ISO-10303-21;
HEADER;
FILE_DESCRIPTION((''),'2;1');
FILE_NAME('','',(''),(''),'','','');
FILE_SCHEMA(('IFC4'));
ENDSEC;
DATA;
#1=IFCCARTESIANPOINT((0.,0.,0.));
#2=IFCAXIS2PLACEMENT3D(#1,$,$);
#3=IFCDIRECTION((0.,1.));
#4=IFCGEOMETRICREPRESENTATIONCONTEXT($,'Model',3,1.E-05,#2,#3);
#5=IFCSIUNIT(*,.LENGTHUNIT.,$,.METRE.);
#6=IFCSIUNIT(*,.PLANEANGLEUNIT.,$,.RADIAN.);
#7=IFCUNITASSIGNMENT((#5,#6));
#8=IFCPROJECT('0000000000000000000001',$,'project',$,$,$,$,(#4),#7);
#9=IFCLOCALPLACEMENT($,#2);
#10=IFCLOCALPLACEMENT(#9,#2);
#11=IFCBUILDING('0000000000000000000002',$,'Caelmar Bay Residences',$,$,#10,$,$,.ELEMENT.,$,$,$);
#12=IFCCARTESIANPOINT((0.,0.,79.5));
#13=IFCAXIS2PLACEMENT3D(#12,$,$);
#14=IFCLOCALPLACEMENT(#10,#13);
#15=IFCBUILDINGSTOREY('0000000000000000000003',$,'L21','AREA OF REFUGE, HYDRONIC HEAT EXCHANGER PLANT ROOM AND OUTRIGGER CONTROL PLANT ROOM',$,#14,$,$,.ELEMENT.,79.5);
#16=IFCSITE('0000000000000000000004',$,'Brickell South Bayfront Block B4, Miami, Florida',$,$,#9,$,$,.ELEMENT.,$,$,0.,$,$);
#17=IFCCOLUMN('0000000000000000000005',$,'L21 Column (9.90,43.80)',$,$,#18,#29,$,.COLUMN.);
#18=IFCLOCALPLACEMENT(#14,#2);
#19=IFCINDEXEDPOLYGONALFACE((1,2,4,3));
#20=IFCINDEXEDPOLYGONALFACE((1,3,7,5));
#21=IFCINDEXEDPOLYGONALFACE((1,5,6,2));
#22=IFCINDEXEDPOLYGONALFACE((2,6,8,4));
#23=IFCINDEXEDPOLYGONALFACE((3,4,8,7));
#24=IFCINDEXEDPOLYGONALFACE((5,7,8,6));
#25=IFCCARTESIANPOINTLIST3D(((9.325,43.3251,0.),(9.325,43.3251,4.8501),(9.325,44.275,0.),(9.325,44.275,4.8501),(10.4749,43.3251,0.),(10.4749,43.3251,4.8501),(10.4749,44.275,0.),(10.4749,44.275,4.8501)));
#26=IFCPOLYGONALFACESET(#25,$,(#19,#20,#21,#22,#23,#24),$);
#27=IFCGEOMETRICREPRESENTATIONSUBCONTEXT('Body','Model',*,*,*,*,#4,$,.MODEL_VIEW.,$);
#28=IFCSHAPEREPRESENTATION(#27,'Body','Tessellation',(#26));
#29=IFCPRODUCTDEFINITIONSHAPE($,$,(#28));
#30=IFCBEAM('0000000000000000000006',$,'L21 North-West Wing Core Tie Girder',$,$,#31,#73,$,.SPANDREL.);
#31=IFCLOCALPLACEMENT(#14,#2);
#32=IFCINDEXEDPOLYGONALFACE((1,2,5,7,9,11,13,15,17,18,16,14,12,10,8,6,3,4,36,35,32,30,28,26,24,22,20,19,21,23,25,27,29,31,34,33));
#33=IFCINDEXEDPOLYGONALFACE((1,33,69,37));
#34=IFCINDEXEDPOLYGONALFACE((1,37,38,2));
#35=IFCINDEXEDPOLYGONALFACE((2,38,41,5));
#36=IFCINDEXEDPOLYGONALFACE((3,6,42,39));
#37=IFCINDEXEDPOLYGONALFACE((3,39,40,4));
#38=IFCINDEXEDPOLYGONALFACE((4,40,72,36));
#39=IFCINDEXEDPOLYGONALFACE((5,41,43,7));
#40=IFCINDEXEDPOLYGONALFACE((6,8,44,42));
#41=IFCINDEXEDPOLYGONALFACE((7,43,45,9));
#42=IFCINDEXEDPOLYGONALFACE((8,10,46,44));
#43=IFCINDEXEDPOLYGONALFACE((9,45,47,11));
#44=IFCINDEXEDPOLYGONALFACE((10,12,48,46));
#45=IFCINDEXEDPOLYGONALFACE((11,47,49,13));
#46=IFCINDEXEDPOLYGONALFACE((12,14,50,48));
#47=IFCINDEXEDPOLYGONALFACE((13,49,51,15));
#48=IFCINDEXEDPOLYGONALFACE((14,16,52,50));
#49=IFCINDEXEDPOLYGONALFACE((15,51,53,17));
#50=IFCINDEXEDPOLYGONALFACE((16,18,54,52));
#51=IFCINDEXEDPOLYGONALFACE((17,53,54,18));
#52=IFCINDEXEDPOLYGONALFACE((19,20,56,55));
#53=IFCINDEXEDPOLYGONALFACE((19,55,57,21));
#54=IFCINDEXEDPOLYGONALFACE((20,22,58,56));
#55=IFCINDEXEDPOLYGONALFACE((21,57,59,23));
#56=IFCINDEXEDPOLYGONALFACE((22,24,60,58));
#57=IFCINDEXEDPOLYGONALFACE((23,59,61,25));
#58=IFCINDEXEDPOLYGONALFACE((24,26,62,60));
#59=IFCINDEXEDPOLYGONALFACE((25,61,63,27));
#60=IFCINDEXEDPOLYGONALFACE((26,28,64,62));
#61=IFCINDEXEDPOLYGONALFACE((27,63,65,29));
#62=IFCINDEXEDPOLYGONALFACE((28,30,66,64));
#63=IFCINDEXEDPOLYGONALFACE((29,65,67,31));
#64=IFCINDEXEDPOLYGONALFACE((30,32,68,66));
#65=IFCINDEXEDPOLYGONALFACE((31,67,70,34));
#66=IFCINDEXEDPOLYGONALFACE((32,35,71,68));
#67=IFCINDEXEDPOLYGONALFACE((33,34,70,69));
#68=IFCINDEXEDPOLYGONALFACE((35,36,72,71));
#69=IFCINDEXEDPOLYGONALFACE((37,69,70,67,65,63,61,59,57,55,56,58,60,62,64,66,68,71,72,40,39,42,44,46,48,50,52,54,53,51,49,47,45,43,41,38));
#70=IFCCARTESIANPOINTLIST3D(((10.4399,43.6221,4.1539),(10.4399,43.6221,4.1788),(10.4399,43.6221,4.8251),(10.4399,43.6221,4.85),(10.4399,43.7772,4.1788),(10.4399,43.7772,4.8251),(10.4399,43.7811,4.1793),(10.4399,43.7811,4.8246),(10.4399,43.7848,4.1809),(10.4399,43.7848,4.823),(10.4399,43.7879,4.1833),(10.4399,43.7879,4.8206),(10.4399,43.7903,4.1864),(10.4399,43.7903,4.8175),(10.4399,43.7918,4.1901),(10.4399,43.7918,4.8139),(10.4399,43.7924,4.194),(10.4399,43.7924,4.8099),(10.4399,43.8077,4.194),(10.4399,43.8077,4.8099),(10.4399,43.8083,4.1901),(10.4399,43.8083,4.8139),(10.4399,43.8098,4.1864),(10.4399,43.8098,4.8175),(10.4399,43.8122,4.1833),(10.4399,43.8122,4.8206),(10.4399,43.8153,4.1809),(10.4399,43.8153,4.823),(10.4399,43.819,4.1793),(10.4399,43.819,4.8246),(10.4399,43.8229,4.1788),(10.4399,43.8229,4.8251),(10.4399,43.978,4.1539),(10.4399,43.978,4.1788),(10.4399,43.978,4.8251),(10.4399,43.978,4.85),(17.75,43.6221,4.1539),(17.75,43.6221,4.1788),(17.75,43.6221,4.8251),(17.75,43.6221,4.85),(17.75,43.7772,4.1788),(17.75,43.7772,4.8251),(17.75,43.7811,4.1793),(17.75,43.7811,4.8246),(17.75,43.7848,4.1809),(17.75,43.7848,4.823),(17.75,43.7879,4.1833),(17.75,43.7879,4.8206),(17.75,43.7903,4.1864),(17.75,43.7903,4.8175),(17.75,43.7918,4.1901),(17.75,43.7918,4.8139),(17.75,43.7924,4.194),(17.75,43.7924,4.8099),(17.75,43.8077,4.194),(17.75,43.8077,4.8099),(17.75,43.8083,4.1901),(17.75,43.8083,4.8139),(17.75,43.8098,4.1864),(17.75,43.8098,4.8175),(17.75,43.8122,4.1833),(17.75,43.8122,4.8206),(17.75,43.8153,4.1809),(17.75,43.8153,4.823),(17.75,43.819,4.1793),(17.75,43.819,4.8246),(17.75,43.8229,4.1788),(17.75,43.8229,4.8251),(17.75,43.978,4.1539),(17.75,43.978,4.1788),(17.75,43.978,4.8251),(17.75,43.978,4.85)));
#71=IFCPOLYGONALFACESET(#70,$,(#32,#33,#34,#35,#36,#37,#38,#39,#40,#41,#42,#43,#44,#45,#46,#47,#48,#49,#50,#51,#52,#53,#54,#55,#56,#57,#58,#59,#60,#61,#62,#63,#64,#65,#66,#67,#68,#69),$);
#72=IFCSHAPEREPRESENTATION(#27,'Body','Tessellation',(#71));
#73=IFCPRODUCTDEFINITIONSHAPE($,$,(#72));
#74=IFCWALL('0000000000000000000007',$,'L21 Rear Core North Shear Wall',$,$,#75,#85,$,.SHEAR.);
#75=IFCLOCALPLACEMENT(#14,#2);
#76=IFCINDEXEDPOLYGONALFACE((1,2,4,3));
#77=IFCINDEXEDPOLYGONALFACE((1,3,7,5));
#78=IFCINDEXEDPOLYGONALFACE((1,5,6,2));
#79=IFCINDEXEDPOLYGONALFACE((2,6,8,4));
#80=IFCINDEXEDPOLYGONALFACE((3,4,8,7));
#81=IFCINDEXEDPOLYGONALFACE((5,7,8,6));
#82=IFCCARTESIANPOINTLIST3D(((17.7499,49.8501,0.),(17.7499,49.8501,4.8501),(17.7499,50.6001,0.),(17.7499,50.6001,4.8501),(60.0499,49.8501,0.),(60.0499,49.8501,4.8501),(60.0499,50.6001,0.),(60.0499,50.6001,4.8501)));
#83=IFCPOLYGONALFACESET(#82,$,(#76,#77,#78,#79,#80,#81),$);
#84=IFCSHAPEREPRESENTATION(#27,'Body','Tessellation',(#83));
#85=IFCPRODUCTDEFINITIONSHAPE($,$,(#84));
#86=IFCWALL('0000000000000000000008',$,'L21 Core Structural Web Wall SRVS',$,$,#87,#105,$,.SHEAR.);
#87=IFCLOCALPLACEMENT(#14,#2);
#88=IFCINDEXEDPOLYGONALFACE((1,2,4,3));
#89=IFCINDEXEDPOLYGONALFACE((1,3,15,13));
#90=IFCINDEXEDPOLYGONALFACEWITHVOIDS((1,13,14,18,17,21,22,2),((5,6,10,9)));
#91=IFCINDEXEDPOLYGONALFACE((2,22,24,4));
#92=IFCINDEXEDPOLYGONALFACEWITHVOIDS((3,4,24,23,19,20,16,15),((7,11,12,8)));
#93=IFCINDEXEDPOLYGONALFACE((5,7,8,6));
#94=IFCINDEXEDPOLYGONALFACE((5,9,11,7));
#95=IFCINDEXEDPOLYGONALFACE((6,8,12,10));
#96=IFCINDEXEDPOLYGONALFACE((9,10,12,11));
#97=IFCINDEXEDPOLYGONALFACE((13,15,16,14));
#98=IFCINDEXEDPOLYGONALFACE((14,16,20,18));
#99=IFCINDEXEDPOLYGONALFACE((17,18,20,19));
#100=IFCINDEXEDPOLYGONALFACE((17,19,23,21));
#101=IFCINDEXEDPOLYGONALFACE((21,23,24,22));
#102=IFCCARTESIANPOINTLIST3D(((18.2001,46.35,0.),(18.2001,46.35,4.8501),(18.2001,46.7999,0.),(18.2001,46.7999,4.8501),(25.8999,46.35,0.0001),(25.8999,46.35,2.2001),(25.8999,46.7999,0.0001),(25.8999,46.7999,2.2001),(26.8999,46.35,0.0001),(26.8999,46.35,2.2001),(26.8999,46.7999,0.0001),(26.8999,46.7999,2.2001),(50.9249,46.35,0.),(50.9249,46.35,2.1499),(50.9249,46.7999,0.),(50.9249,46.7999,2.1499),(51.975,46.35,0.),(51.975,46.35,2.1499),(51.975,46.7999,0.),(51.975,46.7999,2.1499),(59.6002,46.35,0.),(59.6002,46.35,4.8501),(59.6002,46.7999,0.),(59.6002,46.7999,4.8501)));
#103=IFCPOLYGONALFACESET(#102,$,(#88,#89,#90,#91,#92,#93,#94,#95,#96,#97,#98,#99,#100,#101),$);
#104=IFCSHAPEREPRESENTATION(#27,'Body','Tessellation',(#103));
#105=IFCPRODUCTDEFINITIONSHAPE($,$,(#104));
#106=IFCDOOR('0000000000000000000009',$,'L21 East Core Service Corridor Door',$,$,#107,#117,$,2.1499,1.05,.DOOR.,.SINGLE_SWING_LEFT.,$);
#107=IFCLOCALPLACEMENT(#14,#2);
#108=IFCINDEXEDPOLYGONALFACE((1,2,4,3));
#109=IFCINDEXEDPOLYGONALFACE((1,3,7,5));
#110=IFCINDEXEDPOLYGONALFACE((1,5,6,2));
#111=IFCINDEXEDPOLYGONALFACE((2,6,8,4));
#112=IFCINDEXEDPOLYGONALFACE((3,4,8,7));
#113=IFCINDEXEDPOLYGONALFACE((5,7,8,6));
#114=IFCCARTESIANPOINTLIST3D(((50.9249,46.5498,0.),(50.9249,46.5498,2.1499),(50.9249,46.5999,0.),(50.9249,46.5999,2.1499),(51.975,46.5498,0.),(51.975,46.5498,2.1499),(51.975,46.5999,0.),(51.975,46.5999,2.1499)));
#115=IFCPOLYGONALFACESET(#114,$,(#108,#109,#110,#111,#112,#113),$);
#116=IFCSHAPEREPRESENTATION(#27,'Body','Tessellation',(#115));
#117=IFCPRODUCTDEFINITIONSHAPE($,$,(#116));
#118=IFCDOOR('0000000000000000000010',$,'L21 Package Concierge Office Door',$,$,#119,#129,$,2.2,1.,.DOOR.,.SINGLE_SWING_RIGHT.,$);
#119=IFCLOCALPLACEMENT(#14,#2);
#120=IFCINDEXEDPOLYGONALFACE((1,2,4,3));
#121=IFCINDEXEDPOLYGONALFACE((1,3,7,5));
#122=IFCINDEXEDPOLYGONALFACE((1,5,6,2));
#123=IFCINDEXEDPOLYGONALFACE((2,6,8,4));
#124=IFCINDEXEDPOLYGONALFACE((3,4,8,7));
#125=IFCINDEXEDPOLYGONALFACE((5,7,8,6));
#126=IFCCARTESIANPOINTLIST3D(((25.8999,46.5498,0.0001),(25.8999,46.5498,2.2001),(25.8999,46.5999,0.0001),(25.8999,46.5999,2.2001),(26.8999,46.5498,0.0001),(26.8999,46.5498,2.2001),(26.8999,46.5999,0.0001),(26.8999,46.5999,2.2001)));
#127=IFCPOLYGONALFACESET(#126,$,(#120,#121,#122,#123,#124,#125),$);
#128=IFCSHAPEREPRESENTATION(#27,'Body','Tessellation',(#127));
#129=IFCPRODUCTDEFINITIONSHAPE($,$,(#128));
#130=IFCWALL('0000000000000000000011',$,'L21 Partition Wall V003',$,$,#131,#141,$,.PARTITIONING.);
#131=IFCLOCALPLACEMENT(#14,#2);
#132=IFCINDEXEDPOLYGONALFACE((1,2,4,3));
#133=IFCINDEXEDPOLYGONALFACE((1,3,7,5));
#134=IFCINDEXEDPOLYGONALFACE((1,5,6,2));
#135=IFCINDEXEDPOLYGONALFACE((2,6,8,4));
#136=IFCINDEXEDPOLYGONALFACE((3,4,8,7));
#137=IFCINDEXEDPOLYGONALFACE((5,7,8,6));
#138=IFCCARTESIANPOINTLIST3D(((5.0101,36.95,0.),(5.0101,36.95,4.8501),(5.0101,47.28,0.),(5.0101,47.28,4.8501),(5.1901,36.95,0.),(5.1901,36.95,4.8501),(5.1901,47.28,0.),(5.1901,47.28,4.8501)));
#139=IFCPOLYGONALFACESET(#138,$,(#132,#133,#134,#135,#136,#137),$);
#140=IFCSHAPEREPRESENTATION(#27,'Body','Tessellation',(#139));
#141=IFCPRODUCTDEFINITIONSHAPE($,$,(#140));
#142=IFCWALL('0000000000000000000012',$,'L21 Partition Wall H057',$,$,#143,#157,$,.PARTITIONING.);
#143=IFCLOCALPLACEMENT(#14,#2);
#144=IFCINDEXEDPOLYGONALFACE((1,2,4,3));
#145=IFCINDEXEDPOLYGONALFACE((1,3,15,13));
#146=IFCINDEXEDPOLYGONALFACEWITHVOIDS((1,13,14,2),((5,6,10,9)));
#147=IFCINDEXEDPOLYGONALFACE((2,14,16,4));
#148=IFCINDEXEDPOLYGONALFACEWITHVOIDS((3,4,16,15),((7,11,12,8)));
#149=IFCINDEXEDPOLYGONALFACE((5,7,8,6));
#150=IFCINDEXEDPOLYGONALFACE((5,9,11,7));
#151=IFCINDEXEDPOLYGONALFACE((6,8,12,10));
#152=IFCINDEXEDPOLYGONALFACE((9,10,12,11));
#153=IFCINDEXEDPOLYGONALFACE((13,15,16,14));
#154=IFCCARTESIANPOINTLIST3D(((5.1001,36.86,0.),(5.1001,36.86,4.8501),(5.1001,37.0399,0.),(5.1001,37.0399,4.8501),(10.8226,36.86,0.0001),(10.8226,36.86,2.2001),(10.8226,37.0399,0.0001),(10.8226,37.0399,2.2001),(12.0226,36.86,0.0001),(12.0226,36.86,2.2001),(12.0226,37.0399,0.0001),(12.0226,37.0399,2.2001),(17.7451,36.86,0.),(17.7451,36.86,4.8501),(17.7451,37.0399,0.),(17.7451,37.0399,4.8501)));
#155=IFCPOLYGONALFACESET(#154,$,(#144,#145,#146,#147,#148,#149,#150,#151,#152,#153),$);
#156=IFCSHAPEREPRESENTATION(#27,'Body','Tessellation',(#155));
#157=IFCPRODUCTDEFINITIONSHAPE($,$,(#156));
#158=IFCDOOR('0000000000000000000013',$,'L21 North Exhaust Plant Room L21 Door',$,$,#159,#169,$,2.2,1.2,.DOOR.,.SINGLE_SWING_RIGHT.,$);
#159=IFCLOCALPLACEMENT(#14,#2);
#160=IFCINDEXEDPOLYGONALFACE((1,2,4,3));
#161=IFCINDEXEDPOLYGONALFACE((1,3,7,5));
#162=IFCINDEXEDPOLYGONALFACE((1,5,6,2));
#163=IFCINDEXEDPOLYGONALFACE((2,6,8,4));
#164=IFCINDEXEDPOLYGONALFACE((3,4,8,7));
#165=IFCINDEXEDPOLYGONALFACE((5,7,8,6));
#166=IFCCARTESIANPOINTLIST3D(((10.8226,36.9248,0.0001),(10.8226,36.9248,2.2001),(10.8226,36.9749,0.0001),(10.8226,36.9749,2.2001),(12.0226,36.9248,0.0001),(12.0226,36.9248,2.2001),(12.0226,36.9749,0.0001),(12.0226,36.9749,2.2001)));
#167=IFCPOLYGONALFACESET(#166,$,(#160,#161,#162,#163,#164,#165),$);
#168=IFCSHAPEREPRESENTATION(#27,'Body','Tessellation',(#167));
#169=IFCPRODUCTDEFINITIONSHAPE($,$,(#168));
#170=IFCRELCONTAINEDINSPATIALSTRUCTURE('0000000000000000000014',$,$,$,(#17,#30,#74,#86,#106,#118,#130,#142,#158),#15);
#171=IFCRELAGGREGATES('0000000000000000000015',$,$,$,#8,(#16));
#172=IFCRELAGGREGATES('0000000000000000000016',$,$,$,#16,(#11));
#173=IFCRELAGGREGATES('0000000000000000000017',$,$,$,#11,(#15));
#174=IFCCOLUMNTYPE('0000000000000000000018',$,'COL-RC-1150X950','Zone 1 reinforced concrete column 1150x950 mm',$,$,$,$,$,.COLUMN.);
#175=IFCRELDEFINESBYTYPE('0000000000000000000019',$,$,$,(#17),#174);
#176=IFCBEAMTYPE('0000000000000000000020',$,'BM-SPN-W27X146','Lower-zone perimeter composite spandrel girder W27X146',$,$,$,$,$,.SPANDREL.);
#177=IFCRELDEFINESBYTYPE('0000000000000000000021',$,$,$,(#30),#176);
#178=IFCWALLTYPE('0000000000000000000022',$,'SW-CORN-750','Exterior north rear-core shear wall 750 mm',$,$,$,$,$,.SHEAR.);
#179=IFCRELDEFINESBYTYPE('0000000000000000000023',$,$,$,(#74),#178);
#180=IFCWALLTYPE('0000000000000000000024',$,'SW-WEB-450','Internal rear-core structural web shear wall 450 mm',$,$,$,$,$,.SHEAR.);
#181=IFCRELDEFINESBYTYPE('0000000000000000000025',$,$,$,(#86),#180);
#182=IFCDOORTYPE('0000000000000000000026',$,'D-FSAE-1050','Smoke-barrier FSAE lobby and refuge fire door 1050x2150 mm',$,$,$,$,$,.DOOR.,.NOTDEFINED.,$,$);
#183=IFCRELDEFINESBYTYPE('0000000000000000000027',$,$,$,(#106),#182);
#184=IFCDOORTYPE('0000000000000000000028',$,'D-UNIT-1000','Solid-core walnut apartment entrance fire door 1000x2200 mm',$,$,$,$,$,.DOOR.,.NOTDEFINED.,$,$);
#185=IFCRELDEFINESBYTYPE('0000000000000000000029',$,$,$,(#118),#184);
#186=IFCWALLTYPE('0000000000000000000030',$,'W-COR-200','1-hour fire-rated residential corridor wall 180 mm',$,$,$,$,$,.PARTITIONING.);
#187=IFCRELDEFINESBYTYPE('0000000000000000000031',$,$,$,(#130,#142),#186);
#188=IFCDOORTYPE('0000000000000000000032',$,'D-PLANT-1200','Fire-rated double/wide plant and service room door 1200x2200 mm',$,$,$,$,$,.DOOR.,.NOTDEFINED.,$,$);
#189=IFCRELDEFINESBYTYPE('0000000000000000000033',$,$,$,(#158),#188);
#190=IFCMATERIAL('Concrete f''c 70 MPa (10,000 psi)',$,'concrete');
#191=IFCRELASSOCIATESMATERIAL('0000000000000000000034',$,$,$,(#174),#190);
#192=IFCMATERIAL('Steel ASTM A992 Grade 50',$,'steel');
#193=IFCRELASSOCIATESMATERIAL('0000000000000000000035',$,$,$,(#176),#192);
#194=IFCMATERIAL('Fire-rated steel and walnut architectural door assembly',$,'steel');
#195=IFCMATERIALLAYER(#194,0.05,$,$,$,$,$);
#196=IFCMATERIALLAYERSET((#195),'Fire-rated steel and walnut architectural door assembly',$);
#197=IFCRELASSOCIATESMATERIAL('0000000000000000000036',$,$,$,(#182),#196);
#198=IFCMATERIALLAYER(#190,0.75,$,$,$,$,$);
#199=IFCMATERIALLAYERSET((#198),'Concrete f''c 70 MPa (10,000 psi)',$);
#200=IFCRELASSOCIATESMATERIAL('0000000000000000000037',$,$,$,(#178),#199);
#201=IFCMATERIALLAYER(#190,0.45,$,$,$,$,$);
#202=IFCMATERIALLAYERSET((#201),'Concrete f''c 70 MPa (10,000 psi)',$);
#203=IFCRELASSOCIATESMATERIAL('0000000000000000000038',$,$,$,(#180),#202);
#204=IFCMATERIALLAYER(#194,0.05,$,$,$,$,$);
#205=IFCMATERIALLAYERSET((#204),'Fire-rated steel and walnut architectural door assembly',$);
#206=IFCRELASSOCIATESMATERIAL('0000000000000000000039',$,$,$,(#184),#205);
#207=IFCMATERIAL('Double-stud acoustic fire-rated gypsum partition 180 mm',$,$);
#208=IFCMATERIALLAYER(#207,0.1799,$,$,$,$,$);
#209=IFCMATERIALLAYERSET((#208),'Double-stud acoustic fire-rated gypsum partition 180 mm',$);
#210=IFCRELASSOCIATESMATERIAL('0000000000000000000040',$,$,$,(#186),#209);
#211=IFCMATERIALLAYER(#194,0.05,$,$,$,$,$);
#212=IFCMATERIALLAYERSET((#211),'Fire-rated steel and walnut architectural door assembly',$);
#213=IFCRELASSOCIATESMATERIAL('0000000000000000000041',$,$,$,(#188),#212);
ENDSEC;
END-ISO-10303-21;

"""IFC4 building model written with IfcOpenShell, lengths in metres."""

from ifc_helpers import new_model, si_unit, direction, frame, frame_2d, origin, origin_2d, place, context, subcontext, project, spatial, rectangle, i_section, extrude, material, layer, layer_set, material_profile, profile_set, type_object, element, fill, save


model = new_model("IFC4")

# Units and contexts
model_context = context("Model", 3, precision=1e-05, world=origin(), true_north=direction((0.0, 1.0)))
body_context = subcontext(model_context, "Body", "Model", "MODEL_VIEW")
ifc_project = project(units=[si_unit("LENGTHUNIT", "METRE"), si_unit("PLANEANGLEUNIT", "RADIAN")], contexts=[model_context])

# Site, building, storey
site_placement = place(None, origin())
site = spatial("IfcSite", under=ifc_project, at=site_placement, Name="Brickell South Bayfront Block B4, Miami, Florida", CompositionType="ELEMENT", RefElevation=0.0)
building_placement = place(site_placement, origin())
building = spatial("IfcBuilding", under=site, at=building_placement, Name="Caelmar Bay Residences", CompositionType="ELEMENT")
storey_placement = place(building_placement, frame((0.0, 0.0, 79.5)))
storey = spatial("IfcBuildingStorey", under=building, at=storey_placement, Name="L21", Description="AREA OF REFUGE, HYDRONIC HEAT EXCHANGER PLANT ROOM AND OUTRIGGER CONTROL PLANT ROOM", CompositionType="ELEMENT", Elevation=79.5)

# Column
ifc_material_1 = material(Name="Concrete f'c 70 MPa (10,000 psi)", Category="concrete")
ifc_material_profile_1 = material_profile(ifc_material_1, rectangle(XDim=1.1499, YDim=0.95, at=origin_2d()), Name="RC-COL-1150X950")
ifc_profile_set_1 = profile_set([ifc_material_profile_1], Name="Concrete f'c 70 MPa (10,000 psi)")
column_type = type_object("IfcColumnType", Name="COL-RC-1150X950", Description="Zone 1 reinforced concrete column 1150x950 mm", PredefinedType="COLUMN", material=ifc_profile_set_1)
column_placement = place(storey_placement, frame((9.8999, 43.8, 0.0), z_axis=(0.0, 0.0, 1.0), x_axis=(1.0, 0.0, 0.0)))
element("IfcColumn", 1, at=column_placement, inside=storey, type_object=column_type, Name="L21 Column (9.90,43.80)", PredefinedType="COLUMN", context=body_context, shape_type="SweptSolid", body=[
    extrude(rectangle(XDim=1.1499, YDim=0.95, at=origin_2d()), origin(), (0.0, 0.0, 1.0), 4.8501),
])

# Beam
ifc_material_2 = material(Name="Steel ASTM A992 Grade 50", Category="steel")
ifc_material_profile_2 = material_profile(ifc_material_2, i_section(OverallWidth=0.356, OverallDepth=0.696, WebThickness=0.0154, FlangeThickness=0.0249, FilletRadius=0.0151, at=origin_2d()), Name="W27X146")
ifc_profile_set_2 = profile_set([ifc_material_profile_2], Name="Steel ASTM A992 Grade 50")
beam_type = type_object("IfcBeamType", Name="BM-SPN-W27X146", Description="Lower-zone perimeter composite spandrel girder W27X146", PredefinedType="SPANDREL", material=ifc_profile_set_2)
beam_placement = place(storey_placement, frame((10.4399, 43.8, 4.502), z_axis=(1.0, 0.0, 0.0), x_axis=(0.0, 1.0, 0.0)))
element("IfcBeam", 2, at=beam_placement, inside=storey, type_object=beam_type, Name="L21 North-West Wing Core Tie Girder", PredefinedType="SPANDREL", context=body_context, shape_type="SweptSolid", body=[
    extrude(i_section(OverallWidth=0.356, OverallDepth=0.696, WebThickness=0.0154, FlangeThickness=0.0249, FilletRadius=0.0151, at=origin_2d()), origin(), (0.0, 0.0, 1.0), 7.3101),
])

# Shared definitions
ifc_material_3 = material(Name="Fire-rated steel and walnut architectural door assembly", Category="steel")
ifc_layer_1 = layer(ifc_material_3, 0.05)
ifc_layer_set_1 = layer_set([ifc_layer_1], Name="Fire-rated steel and walnut architectural door assembly")
door_type_1 = type_object("IfcDoorType", Name="D-FSAE-1050", Description="Smoke-barrier FSAE lobby and refuge fire door 1050x2150 mm", OperationType="NOTDEFINED", PredefinedType="DOOR", material=ifc_layer_set_1)

# Wall
ifc_layer_2 = layer(ifc_material_1, 0.75)
ifc_layer_set_2 = layer_set([ifc_layer_2], Name="Concrete f'c 70 MPa (10,000 psi)")
wall_type_1 = type_object("IfcWallType", Name="SW-CORN-750", Description="Exterior north rear-core shear wall 750 mm", PredefinedType="SHEAR", material=ifc_layer_set_2)
wall_1_placement = place(storey_placement, frame((17.75, 50.2251, 0.0), z_axis=(0.0, 0.0, 1.0), x_axis=(1.0, 0.0, 0.0)))
element("IfcWall", 3, at=wall_1_placement, inside=storey, type_object=wall_type_1, Name="L21 Rear Core North Shear Wall", PredefinedType="SHEAR", context=body_context, shape_type="SweptSolid", body=[
    extrude(rectangle(XDim=42.3, YDim=0.75, at=frame_2d((21.1499, 0.0))), origin(), (0.0, 0.0, 1.0), 4.8501),
])

# Wall, openings, doors
ifc_layer_3 = layer(ifc_material_1, 0.45)
ifc_layer_set_3 = layer_set([ifc_layer_3], Name="Concrete f'c 70 MPa (10,000 psi)")
wall_type_2 = type_object("IfcWallType", Name="SW-WEB-450", Description="Internal rear-core structural web shear wall 450 mm", PredefinedType="SHEAR", material=ifc_layer_set_3)
wall_2_placement = place(storey_placement, frame((18.2, 46.575, 0.0), z_axis=(0.0, 0.0, 1.0), x_axis=(1.0, 0.0, 0.0)))
wall_2 = element("IfcWall", 4, at=wall_2_placement, inside=storey, type_object=wall_type_2, Name="L21 Core Structural Web Wall SRVS", PredefinedType="SHEAR", context=body_context, shape_type="SweptSolid", body=[
    extrude(rectangle(XDim=41.4001, YDim=0.45, at=frame_2d((20.7002, 0.0))), origin(), (0.0, 0.0, 1.0), 4.8501),
])
opening_1_placement = place(wall_2_placement, frame((7.7, 0.0, 0.0)))
opening_1 = element("IfcOpeningElement", 5, at=opening_1_placement, cuts=wall_2, PredefinedType="OPENING", context=body_context, shape_type="SweptSolid", body=[
    extrude(rectangle(XDim=1.0, YDim=2.2, at=frame_2d((0.5, 1.1001))), frame((0.0, 0.2349, 0.0), z_axis=(0.0, -1.0, 0.0), x_axis=(1.0, 0.0, 0.0)), (0.0, 0.0, 1.0), 0.47),
])
opening_2_placement = place(wall_2_placement, frame((32.7251, 0.0, 0.0)))
opening_2 = element("IfcOpeningElement", 6, at=opening_2_placement, cuts=wall_2, PredefinedType="OPENING", context=body_context, shape_type="SweptSolid", body=[
    extrude(rectangle(XDim=1.05, YDim=2.1499, at=frame_2d((0.5249, 1.075))), frame((0.0, 0.2349, 0.0), z_axis=(0.0, -1.0, 0.0), x_axis=(1.0, 0.0, 0.0)), (0.0, 0.0, 1.0), 0.47),
])
door_1_placement = place(opening_2_placement, origin())
door_1 = element("IfcDoor", 7, at=door_1_placement, inside=storey, type_object=door_type_1, Name="L21 East Core Service Corridor Door", OperationType="SINGLE_SWING_LEFT", OverallHeight=2.1499, OverallWidth=1.05, PredefinedType="DOOR", context=body_context, shape_type="SweptSolid", body=[
    extrude(rectangle(XDim=1.05, YDim=2.1499, at=frame_2d((0.5249, 1.075))), frame((0.0, 0.0249, 0.0), z_axis=(0.0, -1.0, 0.0), x_axis=(1.0, 0.0, 0.0)), (0.0, 0.0, 1.0), 0.05),
])
fill(opening_2, door_1)
ifc_layer_4 = layer(ifc_material_3, 0.05)
ifc_layer_set_4 = layer_set([ifc_layer_4], Name="Fire-rated steel and walnut architectural door assembly")
door_type_2 = type_object("IfcDoorType", Name="D-UNIT-1000", Description="Solid-core walnut apartment entrance fire door 1000x2200 mm", OperationType="NOTDEFINED", PredefinedType="DOOR", material=ifc_layer_set_4)
door_2_placement = place(opening_1_placement, origin())
door_2 = element("IfcDoor", 8, at=door_2_placement, inside=storey, type_object=door_type_2, Name="L21 Package Concierge Office Door", OperationType="SINGLE_SWING_RIGHT", OverallHeight=2.2, OverallWidth=1.0, PredefinedType="DOOR", context=body_context, shape_type="SweptSolid", body=[
    extrude(rectangle(XDim=1.0, YDim=2.2, at=frame_2d((0.5, 1.1001))), frame((0.0, 0.0249, 0.0), z_axis=(0.0, -1.0, 0.0), x_axis=(1.0, 0.0, 0.0)), (0.0, 0.0, 1.0), 0.05),
])
fill(opening_1, door_2)

# Wall
ifc_material_4 = material(Name="Double-stud acoustic fire-rated gypsum partition 180 mm")
ifc_layer_5 = layer(ifc_material_4, 0.1799)
ifc_layer_set_5 = layer_set([ifc_layer_5], Name="Double-stud acoustic fire-rated gypsum partition 180 mm")
wall_type_3 = type_object("IfcWallType", Name="W-COR-200", Description="1-hour fire-rated residential corridor wall 180 mm", PredefinedType="PARTITIONING", material=ifc_layer_set_5)
wall_3_placement = place(storey_placement, frame((5.1001, 36.95, 0.0), z_axis=(0.0, 0.0, 1.0), x_axis=(0.0, 1.0, 0.0)))
element("IfcWall", 9, at=wall_3_placement, inside=storey, type_object=wall_type_3, Name="L21 Partition Wall V003", PredefinedType="PARTITIONING", context=body_context, shape_type="SweptSolid", body=[
    extrude(rectangle(XDim=10.3301, YDim=0.1799, at=frame_2d((5.165, 0.0))), origin(), (0.0, 0.0, 1.0), 4.8501),
])

# Wall, opening, door
wall_4_placement = place(storey_placement, frame((5.1001, 36.95, 0.0), z_axis=(0.0, 0.0, 1.0), x_axis=(1.0, 0.0, 0.0)))
wall_4 = element("IfcWall", 10, at=wall_4_placement, inside=storey, type_object=wall_type_3, Name="L21 Partition Wall H057", PredefinedType="PARTITIONING", context=body_context, shape_type="SweptSolid", body=[
    extrude(rectangle(XDim=12.645, YDim=0.1799, at=frame_2d((6.3225, 0.0))), origin(), (0.0, 0.0, 1.0), 4.8501),
])
opening_3_placement = place(wall_4_placement, frame((5.7224, 0.0, 0.0)))
opening_3 = element("IfcOpeningElement", 11, at=opening_3_placement, cuts=wall_4, PredefinedType="OPENING", context=body_context, shape_type="SweptSolid", body=[
    extrude(rectangle(XDim=1.2, YDim=2.2, at=frame_2d((0.6001, 1.1001))), frame((0.0, 0.0999, 0.0), z_axis=(0.0, -1.0, 0.0), x_axis=(1.0, 0.0, 0.0)), (0.0, 0.0, 1.0), 0.2),
])
ifc_layer_6 = layer(ifc_material_3, 0.05)
ifc_layer_set_6 = layer_set([ifc_layer_6], Name="Fire-rated steel and walnut architectural door assembly")
door_type_3 = type_object("IfcDoorType", Name="D-PLANT-1200", Description="Fire-rated double/wide plant and service room door 1200x2200 mm", OperationType="NOTDEFINED", PredefinedType="DOOR", material=ifc_layer_set_6)
door_3_placement = place(opening_3_placement, origin())
door_3 = element("IfcDoor", 12, at=door_3_placement, inside=storey, type_object=door_type_3, Name="L21 North Exhaust Plant Room L21 Door", OperationType="SINGLE_SWING_RIGHT", OverallHeight=2.2, OverallWidth=1.2, PredefinedType="DOOR", context=body_context, shape_type="SweptSolid", body=[
    extrude(rectangle(XDim=1.2, YDim=2.2, at=frame_2d((0.6001, 1.1001))), frame((0.0, 0.0249, 0.0), z_axis=(0.0, -1.0, 0.0), x_axis=(1.0, 0.0, 0.0)), (0.0, 0.0, 1.0), 0.05),
])
fill(opening_3, door_3)

save(model, "model.ifc")
